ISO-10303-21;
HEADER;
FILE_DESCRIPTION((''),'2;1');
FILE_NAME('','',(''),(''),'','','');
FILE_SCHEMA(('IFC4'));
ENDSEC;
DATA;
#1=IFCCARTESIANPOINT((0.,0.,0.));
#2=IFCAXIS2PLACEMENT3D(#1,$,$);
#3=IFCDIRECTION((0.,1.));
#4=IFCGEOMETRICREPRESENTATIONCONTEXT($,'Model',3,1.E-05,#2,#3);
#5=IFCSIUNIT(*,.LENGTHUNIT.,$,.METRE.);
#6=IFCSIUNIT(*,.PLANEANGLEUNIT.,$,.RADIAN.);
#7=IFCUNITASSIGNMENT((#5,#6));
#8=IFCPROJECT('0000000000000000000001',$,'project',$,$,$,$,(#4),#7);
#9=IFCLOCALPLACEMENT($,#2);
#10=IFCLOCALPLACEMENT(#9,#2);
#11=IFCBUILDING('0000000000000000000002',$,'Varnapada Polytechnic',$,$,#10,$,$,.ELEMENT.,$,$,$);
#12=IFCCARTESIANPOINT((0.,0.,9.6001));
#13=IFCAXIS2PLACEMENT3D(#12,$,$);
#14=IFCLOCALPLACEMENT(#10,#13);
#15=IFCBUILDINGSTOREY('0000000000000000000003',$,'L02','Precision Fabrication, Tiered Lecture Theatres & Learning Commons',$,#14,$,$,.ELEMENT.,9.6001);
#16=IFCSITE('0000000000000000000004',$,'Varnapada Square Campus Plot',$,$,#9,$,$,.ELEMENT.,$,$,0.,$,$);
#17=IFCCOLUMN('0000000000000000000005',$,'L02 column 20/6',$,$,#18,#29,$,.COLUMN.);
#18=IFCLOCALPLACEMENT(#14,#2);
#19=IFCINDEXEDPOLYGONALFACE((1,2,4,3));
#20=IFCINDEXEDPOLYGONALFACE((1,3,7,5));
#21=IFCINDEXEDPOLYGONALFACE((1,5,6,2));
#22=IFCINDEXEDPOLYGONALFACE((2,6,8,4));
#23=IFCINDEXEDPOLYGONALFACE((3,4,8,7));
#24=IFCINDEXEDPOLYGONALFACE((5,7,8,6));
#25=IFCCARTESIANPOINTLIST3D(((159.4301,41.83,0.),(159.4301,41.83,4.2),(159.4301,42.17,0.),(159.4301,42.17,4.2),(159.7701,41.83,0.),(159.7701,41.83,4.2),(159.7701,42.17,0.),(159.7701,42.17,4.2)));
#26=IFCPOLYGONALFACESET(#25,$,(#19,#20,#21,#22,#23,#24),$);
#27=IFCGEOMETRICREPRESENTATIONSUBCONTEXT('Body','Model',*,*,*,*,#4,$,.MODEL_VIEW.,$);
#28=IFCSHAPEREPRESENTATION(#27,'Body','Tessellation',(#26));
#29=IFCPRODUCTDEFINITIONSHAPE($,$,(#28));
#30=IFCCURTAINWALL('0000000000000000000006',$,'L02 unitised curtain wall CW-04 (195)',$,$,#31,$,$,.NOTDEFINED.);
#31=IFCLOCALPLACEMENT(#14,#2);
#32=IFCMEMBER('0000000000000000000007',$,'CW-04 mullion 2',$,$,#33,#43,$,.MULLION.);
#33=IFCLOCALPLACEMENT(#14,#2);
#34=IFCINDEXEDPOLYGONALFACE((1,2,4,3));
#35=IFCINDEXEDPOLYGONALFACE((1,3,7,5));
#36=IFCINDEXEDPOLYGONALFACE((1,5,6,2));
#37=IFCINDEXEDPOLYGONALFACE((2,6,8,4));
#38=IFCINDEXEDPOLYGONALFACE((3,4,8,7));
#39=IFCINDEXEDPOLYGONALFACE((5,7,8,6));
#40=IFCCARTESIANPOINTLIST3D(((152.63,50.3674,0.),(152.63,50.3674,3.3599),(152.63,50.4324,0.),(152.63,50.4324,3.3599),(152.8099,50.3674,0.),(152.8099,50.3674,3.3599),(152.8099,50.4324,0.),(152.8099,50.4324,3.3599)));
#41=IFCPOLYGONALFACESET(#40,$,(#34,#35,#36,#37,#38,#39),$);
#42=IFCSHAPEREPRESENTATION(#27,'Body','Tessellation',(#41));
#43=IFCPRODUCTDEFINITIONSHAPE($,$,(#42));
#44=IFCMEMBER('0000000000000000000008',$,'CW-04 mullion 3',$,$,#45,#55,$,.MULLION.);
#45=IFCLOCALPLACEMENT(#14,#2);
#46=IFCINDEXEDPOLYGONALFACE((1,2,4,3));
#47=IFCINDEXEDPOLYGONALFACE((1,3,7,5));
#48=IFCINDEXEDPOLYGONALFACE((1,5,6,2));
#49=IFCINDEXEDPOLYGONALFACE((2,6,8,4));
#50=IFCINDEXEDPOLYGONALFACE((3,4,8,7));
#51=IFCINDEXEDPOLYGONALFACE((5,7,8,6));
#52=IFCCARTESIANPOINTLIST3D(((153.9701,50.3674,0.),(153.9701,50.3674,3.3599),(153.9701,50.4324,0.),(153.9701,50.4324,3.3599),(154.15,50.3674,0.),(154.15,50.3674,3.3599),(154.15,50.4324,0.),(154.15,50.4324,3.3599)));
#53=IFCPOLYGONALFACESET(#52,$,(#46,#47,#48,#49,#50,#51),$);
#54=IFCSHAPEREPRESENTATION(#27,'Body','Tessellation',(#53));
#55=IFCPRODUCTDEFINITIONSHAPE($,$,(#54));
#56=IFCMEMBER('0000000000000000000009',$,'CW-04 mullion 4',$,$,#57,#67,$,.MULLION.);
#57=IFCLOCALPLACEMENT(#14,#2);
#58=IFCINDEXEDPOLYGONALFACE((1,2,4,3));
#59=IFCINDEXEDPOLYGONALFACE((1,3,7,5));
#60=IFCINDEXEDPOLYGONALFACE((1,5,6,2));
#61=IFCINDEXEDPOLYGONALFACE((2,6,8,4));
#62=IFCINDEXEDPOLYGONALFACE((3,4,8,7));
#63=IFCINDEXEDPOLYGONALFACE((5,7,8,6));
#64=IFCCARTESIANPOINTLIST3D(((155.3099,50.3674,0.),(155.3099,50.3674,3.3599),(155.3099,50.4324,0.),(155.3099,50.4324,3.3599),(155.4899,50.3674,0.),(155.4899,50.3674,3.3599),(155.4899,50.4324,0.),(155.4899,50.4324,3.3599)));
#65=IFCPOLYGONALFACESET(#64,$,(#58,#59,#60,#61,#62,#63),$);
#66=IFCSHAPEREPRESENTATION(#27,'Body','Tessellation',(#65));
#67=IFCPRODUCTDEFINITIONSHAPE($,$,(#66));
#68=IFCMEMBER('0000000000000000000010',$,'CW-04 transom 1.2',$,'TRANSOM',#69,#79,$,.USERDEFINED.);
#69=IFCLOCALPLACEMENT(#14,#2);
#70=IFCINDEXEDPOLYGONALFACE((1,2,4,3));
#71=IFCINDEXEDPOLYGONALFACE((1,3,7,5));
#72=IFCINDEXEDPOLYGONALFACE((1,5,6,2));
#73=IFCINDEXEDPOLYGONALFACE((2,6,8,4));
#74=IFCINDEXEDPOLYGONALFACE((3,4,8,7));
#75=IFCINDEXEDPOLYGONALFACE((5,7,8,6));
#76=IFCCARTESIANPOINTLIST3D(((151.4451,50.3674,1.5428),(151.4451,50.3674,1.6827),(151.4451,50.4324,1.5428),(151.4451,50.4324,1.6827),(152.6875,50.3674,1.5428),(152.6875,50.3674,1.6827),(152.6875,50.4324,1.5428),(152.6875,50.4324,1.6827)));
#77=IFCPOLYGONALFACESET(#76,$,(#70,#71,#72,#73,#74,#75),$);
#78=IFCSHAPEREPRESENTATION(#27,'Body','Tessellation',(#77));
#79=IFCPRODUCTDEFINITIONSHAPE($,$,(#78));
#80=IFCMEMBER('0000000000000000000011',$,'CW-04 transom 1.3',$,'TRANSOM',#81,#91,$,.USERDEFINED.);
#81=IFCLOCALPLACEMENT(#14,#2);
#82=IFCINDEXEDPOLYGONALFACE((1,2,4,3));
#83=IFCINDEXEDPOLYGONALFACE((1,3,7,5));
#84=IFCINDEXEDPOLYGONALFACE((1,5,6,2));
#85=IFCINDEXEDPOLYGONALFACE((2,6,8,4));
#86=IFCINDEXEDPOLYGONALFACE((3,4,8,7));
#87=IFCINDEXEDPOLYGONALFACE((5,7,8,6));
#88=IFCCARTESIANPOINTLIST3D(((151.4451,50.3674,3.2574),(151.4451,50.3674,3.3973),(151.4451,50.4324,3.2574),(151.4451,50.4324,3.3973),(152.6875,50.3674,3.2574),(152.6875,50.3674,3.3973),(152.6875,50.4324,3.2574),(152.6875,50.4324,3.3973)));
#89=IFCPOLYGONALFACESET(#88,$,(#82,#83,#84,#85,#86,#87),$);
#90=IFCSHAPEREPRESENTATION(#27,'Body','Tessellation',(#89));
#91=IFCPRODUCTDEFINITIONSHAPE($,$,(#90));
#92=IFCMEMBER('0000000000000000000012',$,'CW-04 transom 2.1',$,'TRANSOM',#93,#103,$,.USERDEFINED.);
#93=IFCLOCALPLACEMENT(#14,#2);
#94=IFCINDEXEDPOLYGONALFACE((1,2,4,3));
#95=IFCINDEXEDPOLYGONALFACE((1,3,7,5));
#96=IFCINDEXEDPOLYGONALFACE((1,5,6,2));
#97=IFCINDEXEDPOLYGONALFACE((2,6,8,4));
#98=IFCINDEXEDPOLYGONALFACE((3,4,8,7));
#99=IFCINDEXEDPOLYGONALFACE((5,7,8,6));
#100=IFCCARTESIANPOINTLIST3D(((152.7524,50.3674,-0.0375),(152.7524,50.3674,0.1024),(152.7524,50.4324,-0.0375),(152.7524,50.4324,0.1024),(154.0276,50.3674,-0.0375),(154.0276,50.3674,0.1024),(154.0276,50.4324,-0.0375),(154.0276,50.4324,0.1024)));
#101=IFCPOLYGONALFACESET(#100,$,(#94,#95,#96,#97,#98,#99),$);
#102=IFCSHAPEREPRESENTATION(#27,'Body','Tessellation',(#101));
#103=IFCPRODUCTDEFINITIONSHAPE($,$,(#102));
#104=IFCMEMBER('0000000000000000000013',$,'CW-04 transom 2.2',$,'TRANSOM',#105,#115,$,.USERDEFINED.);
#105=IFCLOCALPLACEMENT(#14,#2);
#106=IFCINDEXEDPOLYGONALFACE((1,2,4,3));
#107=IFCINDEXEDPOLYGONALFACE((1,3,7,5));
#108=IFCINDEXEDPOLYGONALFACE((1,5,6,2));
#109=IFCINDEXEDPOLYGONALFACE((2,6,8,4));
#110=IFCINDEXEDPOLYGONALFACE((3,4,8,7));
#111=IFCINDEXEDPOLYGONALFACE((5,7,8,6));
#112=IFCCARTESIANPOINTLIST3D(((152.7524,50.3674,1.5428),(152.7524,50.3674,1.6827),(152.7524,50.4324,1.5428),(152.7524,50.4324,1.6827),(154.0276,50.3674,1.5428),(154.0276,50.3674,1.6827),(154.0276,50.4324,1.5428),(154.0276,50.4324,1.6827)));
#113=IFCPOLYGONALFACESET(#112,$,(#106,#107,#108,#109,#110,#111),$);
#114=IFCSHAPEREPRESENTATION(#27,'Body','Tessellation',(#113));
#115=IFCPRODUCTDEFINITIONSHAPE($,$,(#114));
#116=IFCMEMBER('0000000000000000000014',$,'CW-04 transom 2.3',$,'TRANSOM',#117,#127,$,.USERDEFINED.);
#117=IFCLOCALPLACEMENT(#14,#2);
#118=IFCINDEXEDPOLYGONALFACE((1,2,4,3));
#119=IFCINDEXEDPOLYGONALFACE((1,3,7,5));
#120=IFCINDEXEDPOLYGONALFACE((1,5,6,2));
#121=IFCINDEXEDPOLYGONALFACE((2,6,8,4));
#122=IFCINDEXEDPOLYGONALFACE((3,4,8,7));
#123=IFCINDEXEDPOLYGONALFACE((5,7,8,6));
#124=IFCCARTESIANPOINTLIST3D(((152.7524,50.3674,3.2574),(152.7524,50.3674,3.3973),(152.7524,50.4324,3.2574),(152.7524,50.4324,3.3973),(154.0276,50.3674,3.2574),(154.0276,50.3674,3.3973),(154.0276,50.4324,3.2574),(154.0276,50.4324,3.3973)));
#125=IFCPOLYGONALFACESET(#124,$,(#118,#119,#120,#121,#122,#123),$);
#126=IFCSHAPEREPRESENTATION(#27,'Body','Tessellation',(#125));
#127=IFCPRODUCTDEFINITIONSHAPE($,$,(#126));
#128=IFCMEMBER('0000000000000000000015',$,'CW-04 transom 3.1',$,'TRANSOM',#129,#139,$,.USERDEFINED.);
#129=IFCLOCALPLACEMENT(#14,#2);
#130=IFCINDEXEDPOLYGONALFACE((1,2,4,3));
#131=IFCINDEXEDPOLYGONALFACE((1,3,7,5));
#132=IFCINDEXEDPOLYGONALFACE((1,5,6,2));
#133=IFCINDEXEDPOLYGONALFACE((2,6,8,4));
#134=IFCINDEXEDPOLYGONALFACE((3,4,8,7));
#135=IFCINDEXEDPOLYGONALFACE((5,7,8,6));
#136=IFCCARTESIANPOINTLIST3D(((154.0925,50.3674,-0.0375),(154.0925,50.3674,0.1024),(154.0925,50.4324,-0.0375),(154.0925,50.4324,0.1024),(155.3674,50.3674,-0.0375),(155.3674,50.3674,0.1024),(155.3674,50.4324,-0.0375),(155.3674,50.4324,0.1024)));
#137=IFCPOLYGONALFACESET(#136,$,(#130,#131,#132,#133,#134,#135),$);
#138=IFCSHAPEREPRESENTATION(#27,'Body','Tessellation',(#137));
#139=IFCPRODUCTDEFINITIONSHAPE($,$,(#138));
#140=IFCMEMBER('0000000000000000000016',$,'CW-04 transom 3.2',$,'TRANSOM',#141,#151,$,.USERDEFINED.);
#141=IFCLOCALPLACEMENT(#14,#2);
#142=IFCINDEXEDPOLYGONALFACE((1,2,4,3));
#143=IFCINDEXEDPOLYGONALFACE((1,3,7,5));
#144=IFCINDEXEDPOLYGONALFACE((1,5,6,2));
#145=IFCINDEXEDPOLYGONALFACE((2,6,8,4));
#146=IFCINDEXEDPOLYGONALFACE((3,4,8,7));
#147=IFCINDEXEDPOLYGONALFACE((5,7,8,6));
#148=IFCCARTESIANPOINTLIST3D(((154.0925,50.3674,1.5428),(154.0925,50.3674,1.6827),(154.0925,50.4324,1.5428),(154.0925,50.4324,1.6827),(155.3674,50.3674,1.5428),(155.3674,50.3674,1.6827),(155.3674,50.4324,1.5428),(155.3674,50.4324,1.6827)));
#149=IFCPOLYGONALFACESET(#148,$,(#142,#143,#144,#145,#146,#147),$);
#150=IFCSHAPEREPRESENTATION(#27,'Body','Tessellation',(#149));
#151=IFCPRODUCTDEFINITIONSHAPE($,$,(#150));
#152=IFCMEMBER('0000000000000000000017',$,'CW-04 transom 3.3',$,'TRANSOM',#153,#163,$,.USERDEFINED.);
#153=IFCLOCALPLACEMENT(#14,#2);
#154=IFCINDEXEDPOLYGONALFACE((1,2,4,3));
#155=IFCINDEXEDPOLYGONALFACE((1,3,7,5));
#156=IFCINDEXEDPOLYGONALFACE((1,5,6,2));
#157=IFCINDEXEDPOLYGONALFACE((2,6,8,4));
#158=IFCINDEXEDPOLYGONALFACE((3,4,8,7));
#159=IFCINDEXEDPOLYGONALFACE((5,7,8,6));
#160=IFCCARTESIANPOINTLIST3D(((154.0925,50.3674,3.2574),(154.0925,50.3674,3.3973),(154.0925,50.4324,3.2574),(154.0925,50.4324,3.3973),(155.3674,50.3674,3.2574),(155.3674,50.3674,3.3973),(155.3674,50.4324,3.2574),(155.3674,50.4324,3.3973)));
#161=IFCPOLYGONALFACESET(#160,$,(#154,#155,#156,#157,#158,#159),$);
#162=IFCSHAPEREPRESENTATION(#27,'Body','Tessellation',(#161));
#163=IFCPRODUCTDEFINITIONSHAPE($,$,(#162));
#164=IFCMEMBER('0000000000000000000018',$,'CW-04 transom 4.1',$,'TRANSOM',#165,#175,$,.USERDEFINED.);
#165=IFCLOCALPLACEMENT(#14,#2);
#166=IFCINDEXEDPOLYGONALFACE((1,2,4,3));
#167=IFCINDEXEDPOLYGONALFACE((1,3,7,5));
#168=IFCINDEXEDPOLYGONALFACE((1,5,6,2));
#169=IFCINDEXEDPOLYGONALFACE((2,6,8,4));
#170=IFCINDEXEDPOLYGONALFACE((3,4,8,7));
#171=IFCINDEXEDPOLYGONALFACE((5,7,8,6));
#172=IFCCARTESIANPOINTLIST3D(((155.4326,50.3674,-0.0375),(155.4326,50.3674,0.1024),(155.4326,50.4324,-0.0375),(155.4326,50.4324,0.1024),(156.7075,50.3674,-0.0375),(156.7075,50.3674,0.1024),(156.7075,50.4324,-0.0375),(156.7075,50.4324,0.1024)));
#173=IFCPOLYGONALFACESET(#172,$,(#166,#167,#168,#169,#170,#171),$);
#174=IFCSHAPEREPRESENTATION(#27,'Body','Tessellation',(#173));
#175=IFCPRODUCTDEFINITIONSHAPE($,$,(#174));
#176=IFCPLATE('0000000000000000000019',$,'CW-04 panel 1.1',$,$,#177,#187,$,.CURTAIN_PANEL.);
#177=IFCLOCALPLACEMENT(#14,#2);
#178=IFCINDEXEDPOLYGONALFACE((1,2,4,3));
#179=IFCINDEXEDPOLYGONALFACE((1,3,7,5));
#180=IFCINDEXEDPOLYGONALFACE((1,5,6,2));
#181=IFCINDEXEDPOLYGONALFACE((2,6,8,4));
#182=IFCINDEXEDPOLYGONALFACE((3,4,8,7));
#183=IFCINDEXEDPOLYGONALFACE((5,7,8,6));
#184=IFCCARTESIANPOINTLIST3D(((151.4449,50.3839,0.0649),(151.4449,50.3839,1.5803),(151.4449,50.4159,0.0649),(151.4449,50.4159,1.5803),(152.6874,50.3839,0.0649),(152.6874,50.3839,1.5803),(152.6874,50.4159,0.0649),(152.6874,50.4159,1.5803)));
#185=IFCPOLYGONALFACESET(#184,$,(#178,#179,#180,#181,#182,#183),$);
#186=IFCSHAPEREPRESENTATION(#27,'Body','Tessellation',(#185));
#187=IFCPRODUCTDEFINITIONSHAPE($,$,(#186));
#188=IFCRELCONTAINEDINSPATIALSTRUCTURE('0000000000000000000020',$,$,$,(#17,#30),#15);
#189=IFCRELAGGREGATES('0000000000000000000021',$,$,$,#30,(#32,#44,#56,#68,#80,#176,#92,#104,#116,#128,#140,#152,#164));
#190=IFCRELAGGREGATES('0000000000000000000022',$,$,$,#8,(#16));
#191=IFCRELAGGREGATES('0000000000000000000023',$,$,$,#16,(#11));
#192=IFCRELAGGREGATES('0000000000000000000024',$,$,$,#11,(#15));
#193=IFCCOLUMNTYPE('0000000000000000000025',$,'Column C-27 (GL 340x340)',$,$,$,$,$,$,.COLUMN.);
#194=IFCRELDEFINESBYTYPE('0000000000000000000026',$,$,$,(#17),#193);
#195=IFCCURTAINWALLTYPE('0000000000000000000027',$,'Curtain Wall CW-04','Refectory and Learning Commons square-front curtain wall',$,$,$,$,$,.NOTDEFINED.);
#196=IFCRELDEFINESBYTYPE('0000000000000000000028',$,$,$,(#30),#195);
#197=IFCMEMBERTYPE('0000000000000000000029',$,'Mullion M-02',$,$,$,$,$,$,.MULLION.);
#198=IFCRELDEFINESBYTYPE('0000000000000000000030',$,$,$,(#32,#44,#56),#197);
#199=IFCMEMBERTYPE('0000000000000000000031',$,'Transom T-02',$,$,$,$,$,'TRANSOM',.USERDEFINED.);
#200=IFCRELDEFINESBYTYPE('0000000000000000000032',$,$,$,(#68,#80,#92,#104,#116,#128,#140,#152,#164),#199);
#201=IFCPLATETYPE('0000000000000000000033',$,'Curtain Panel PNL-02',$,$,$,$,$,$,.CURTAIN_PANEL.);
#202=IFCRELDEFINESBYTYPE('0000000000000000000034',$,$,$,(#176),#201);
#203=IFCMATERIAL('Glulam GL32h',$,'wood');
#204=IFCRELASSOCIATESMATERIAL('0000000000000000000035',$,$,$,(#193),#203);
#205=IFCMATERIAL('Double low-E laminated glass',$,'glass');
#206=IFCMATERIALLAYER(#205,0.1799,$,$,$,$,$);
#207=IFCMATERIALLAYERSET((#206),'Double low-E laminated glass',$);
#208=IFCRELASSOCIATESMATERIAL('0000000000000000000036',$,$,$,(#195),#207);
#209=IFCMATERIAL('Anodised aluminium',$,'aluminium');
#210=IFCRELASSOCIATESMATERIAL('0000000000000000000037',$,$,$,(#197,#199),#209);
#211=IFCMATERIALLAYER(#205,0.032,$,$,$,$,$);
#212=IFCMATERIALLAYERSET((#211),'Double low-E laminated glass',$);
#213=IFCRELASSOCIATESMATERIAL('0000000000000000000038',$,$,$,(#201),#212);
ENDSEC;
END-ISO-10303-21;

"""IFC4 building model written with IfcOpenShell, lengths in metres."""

from ifc_helpers import new_model, si_unit, direction, frame, origin, origin_2d, place, context, subcontext, project, spatial, rectangle, extrude, material, layer, layer_set, material_profile, profile_set, type_object, element, aggregate, save


model = new_model("IFC4")

# Units and contexts
model_context = context("Model", 3, precision=1e-05, world=origin(), true_north=direction((0.0, 1.0)))
body_context = subcontext(model_context, "Body", "Model", "MODEL_VIEW")
ifc_project = project(units=[si_unit("LENGTHUNIT", "METRE"), si_unit("PLANEANGLEUNIT", "RADIAN")], contexts=[model_context])

# Site, building, storey
site_placement = place(None, origin())
site = spatial("IfcSite", under=ifc_project, at=site_placement, Name="Varnapada Square Campus Plot", CompositionType="ELEMENT", RefElevation=0.0)
building_placement = place(site_placement, origin())
building = spatial("IfcBuilding", under=site, at=building_placement, Name="Varnapada Polytechnic", CompositionType="ELEMENT")
storey_placement = place(building_placement, frame((0.0, 0.0, 9.6001)))
storey = spatial("IfcBuildingStorey", under=building, at=storey_placement, Name="L02", Description="Precision Fabrication, Tiered Lecture Theatres & Learning Commons", CompositionType="ELEMENT", Elevation=9.6001)

# Column
ifc_material_1 = material(Name="Glulam GL32h", Category="wood")
ifc_material_profile_1 = material_profile(ifc_material_1, rectangle(XDim=0.3401, YDim=0.3401, at=origin_2d()), Name="GL 340x340")
ifc_profile_set_1 = profile_set([ifc_material_profile_1], Name="Glulam GL32h")
column_type = type_object("IfcColumnType", Name="Column C-27 (GL 340x340)", PredefinedType="COLUMN", material=ifc_profile_set_1)
column_placement = place(storey_placement, frame((159.6001, 42.0, 0.0), z_axis=(0.0, 0.0, 1.0), x_axis=(1.0, 0.0, 0.0)))
element("IfcColumn", 1, at=column_placement, inside=storey, type_object=column_type, Name="L02 column 20/6", PredefinedType="COLUMN", context=body_context, shape_type="SweptSolid", body=[
    extrude(rectangle(XDim=0.3401, YDim=0.3401, at=origin_2d()), origin(), (0.0, 0.0, 1.0), 4.2),
])

# Curtain wall, members, plate
ifc_material_2 = material(Name="Double low-E laminated glass", Category="glass")
ifc_layer_1 = layer(ifc_material_2, 0.1799)
ifc_layer_set_1 = layer_set([ifc_layer_1], Name="Double low-E laminated glass")
curtain_wall_type = type_object("IfcCurtainWallType", Name="Curtain Wall CW-04", Description="Refectory and Learning Commons square-front curtain wall", PredefinedType="NOTDEFINED", material=ifc_layer_set_1)
curtain_wall_placement = place(storey_placement, origin())
curtain_wall = element("IfcCurtainWall", 2, at=curtain_wall_placement, inside=storey, type_object=curtain_wall_type, Name="L02 unitised curtain wall CW-04 (195)", PredefinedType="NOTDEFINED")
ifc_material_3 = material(Name="Anodised aluminium", Category="aluminium")
ifc_material_profile_2 = material_profile(ifc_material_3, rectangle(XDim=0.0649, YDim=0.1799, at=origin_2d()), Name="ALU M65x180")
ifc_profile_set_2 = profile_set([ifc_material_profile_2], Name="Anodised aluminium")
member_type_1 = type_object("IfcMemberType", Name="Mullion M-02", PredefinedType="MULLION", material=ifc_profile_set_2)
member_1_placement = place(storey_placement, frame((152.72, 50.3999, 0.0), z_axis=(0.0, 0.0, 1.0), x_axis=(0.0, 1.0, 0.0)))
member_1 = element("IfcMember", 3, at=member_1_placement, type_object=member_type_1, Name="CW-04 mullion 2", PredefinedType="MULLION", context=body_context, shape_type="SweptSolid", body=[
    extrude(rectangle(XDim=0.0649, YDim=0.1799, at=origin_2d()), origin(), (0.0, 0.0, 1.0), 3.3599),
])
member_2_placement = place(storey_placement, frame((154.0601, 50.3999, 0.0), z_axis=(0.0, 0.0, 1.0), x_axis=(0.0, 1.0, 0.0)))
member_2 = element("IfcMember", 4, at=member_2_placement, type_object=member_type_1, Name="CW-04 mullion 3", PredefinedType="MULLION", context=body_context, shape_type="SweptSolid", body=[
    extrude(rectangle(XDim=0.0649, YDim=0.1799, at=origin_2d()), origin(), (0.0, 0.0, 1.0), 3.3599),
])
member_3_placement = place(storey_placement, frame((155.3999, 50.3999, 0.0), z_axis=(0.0, 0.0, 1.0), x_axis=(0.0, 1.0, 0.0)))
member_3 = element("IfcMember", 5, at=member_3_placement, type_object=member_type_1, Name="CW-04 mullion 4", PredefinedType="MULLION", context=body_context, shape_type="SweptSolid", body=[
    extrude(rectangle(XDim=0.0649, YDim=0.1799, at=origin_2d()), origin(), (0.0, 0.0, 1.0), 3.3599),
])
ifc_material_profile_3 = material_profile(ifc_material_3, rectangle(XDim=0.0649, YDim=0.1399, at=origin_2d()), Name="ALU T65x140")
ifc_profile_set_3 = profile_set([ifc_material_profile_3], Name="Anodised aluminium")
member_type_2 = type_object("IfcMemberType", Name="Transom T-02", ElementType="TRANSOM", PredefinedType="USERDEFINED", material=ifc_profile_set_3)
member_4_placement = place(storey_placement, frame((151.4451, 50.3999, 1.6128), z_axis=(1.0, 0.0, 0.0), x_axis=(0.0, 1.0, 0.0)))
member_4 = element("IfcMember", 6, at=member_4_placement, type_object=member_type_2, Name="CW-04 transom 1.2", ObjectType="TRANSOM", PredefinedType="USERDEFINED", context=body_context, shape_type="SweptSolid", body=[
    extrude(rectangle(XDim=0.0649, YDim=0.1399, at=origin_2d()), origin(), (0.0, 0.0, 1.0), 1.2424),
])
member_5_placement = place(storey_placement, frame((151.4451, 50.3999, 3.3274), z_axis=(1.0, 0.0, 0.0), x_axis=(0.0, 1.0, 0.0)))
member_5 = element("IfcMember", 7, at=member_5_placement, type_object=member_type_2, Name="CW-04 transom 1.3", ObjectType="TRANSOM", PredefinedType="USERDEFINED", context=body_context, shape_type="SweptSolid", body=[
    extrude(rectangle(XDim=0.0649, YDim=0.1399, at=origin_2d()), origin(), (0.0, 0.0, 1.0), 1.2424),
])
member_6_placement = place(storey_placement, frame((152.7524, 50.3999, 0.0325), z_axis=(1.0, 0.0, 0.0), x_axis=(0.0, 1.0, 0.0)))
member_6 = element("IfcMember", 8, at=member_6_placement, type_object=member_type_2, Name="CW-04 transom 2.1", ObjectType="TRANSOM", PredefinedType="USERDEFINED", context=body_context, shape_type="SweptSolid", body=[
    extrude(rectangle(XDim=0.0649, YDim=0.1399, at=origin_2d()), origin(), (0.0, 0.0, 1.0), 1.2751),
])
member_7_placement = place(storey_placement, frame((152.7524, 50.3999, 1.6128), z_axis=(1.0, 0.0, 0.0), x_axis=(0.0, 1.0, 0.0)))
member_7 = element("IfcMember", 9, at=member_7_placement, type_object=member_type_2, Name="CW-04 transom 2.2", ObjectType="TRANSOM", PredefinedType="USERDEFINED", context=body_context, shape_type="SweptSolid", body=[
    extrude(rectangle(XDim=0.0649, YDim=0.1399, at=origin_2d()), origin(), (0.0, 0.0, 1.0), 1.2751),
])
member_8_placement = place(storey_placement, frame((152.7524, 50.3999, 3.3274), z_axis=(1.0, 0.0, 0.0), x_axis=(0.0, 1.0, 0.0)))
member_8 = element("IfcMember", 10, at=member_8_placement, type_object=member_type_2, Name="CW-04 transom 2.3", ObjectType="TRANSOM", PredefinedType="USERDEFINED", context=body_context, shape_type="SweptSolid", body=[
    extrude(rectangle(XDim=0.0649, YDim=0.1399, at=origin_2d()), origin(), (0.0, 0.0, 1.0), 1.2751),
])
member_9_placement = place(storey_placement, frame((154.0925, 50.3999, 0.0325), z_axis=(1.0, 0.0, 0.0), x_axis=(0.0, 1.0, 0.0)))
member_9 = element("IfcMember", 11, at=member_9_placement, type_object=member_type_2, Name="CW-04 transom 3.1", ObjectType="TRANSOM", PredefinedType="USERDEFINED", context=body_context, shape_type="SweptSolid", body=[
    extrude(rectangle(XDim=0.0649, YDim=0.1399, at=origin_2d()), origin(), (0.0, 0.0, 1.0), 1.2749),
])
member_10_placement = place(storey_placement, frame((154.0925, 50.3999, 1.6128), z_axis=(1.0, 0.0, 0.0), x_axis=(0.0, 1.0, 0.0)))
member_10 = element("IfcMember", 12, at=member_10_placement, type_object=member_type_2, Name="CW-04 transom 3.2", ObjectType="TRANSOM", PredefinedType="USERDEFINED", context=body_context, shape_type="SweptSolid", body=[
    extrude(rectangle(XDim=0.0649, YDim=0.1399, at=origin_2d()), origin(), (0.0, 0.0, 1.0), 1.2749),
])
member_11_placement = place(storey_placement, frame((154.0925, 50.3999, 3.3274), z_axis=(1.0, 0.0, 0.0), x_axis=(0.0, 1.0, 0.0)))
member_11 = element("IfcMember", 13, at=member_11_placement, type_object=member_type_2, Name="CW-04 transom 3.3", ObjectType="TRANSOM", PredefinedType="USERDEFINED", context=body_context, shape_type="SweptSolid", body=[
    extrude(rectangle(XDim=0.0649, YDim=0.1399, at=origin_2d()), origin(), (0.0, 0.0, 1.0), 1.2749),
])
member_12_placement = place(storey_placement, frame((155.4326, 50.3999, 0.0325), z_axis=(1.0, 0.0, 0.0), x_axis=(0.0, 1.0, 0.0)))
member_12 = element("IfcMember", 14, at=member_12_placement, type_object=member_type_2, Name="CW-04 transom 4.1", ObjectType="TRANSOM", PredefinedType="USERDEFINED", context=body_context, shape_type="SweptSolid", body=[
    extrude(rectangle(XDim=0.0649, YDim=0.1399, at=origin_2d()), origin(), (0.0, 0.0, 1.0), 1.2749),
])
ifc_layer_2 = layer(ifc_material_2, 0.032)
ifc_layer_set_2 = layer_set([ifc_layer_2], Name="Double low-E laminated glass")
plate_type = type_object("IfcPlateType", Name="Curtain Panel PNL-02", PredefinedType="CURTAIN_PANEL", material=ifc_layer_set_2)
plate_1_placement = place(storey_placement, frame((152.0662, 50.3999, 0.0649), z_axis=(0.0, 0.0, 1.0), x_axis=(1.0, 0.0, 0.0)))
plate_1 = element("IfcPlate", 15, at=plate_1_placement, type_object=plate_type, Name="CW-04 panel 1.1", PredefinedType="CURTAIN_PANEL", context=body_context, shape_type="SweptSolid", body=[
    extrude(rectangle(XDim=1.2424, YDim=0.032, at=origin_2d()), origin(), (0.0, 0.0, 1.0), 1.5154),
])
aggregate(curtain_wall, [member_1, member_2, member_3, member_4, member_5, plate_1, member_6, member_7, member_8, member_9, member_10, member_11, member_12])

save(model, "model.ifc")
